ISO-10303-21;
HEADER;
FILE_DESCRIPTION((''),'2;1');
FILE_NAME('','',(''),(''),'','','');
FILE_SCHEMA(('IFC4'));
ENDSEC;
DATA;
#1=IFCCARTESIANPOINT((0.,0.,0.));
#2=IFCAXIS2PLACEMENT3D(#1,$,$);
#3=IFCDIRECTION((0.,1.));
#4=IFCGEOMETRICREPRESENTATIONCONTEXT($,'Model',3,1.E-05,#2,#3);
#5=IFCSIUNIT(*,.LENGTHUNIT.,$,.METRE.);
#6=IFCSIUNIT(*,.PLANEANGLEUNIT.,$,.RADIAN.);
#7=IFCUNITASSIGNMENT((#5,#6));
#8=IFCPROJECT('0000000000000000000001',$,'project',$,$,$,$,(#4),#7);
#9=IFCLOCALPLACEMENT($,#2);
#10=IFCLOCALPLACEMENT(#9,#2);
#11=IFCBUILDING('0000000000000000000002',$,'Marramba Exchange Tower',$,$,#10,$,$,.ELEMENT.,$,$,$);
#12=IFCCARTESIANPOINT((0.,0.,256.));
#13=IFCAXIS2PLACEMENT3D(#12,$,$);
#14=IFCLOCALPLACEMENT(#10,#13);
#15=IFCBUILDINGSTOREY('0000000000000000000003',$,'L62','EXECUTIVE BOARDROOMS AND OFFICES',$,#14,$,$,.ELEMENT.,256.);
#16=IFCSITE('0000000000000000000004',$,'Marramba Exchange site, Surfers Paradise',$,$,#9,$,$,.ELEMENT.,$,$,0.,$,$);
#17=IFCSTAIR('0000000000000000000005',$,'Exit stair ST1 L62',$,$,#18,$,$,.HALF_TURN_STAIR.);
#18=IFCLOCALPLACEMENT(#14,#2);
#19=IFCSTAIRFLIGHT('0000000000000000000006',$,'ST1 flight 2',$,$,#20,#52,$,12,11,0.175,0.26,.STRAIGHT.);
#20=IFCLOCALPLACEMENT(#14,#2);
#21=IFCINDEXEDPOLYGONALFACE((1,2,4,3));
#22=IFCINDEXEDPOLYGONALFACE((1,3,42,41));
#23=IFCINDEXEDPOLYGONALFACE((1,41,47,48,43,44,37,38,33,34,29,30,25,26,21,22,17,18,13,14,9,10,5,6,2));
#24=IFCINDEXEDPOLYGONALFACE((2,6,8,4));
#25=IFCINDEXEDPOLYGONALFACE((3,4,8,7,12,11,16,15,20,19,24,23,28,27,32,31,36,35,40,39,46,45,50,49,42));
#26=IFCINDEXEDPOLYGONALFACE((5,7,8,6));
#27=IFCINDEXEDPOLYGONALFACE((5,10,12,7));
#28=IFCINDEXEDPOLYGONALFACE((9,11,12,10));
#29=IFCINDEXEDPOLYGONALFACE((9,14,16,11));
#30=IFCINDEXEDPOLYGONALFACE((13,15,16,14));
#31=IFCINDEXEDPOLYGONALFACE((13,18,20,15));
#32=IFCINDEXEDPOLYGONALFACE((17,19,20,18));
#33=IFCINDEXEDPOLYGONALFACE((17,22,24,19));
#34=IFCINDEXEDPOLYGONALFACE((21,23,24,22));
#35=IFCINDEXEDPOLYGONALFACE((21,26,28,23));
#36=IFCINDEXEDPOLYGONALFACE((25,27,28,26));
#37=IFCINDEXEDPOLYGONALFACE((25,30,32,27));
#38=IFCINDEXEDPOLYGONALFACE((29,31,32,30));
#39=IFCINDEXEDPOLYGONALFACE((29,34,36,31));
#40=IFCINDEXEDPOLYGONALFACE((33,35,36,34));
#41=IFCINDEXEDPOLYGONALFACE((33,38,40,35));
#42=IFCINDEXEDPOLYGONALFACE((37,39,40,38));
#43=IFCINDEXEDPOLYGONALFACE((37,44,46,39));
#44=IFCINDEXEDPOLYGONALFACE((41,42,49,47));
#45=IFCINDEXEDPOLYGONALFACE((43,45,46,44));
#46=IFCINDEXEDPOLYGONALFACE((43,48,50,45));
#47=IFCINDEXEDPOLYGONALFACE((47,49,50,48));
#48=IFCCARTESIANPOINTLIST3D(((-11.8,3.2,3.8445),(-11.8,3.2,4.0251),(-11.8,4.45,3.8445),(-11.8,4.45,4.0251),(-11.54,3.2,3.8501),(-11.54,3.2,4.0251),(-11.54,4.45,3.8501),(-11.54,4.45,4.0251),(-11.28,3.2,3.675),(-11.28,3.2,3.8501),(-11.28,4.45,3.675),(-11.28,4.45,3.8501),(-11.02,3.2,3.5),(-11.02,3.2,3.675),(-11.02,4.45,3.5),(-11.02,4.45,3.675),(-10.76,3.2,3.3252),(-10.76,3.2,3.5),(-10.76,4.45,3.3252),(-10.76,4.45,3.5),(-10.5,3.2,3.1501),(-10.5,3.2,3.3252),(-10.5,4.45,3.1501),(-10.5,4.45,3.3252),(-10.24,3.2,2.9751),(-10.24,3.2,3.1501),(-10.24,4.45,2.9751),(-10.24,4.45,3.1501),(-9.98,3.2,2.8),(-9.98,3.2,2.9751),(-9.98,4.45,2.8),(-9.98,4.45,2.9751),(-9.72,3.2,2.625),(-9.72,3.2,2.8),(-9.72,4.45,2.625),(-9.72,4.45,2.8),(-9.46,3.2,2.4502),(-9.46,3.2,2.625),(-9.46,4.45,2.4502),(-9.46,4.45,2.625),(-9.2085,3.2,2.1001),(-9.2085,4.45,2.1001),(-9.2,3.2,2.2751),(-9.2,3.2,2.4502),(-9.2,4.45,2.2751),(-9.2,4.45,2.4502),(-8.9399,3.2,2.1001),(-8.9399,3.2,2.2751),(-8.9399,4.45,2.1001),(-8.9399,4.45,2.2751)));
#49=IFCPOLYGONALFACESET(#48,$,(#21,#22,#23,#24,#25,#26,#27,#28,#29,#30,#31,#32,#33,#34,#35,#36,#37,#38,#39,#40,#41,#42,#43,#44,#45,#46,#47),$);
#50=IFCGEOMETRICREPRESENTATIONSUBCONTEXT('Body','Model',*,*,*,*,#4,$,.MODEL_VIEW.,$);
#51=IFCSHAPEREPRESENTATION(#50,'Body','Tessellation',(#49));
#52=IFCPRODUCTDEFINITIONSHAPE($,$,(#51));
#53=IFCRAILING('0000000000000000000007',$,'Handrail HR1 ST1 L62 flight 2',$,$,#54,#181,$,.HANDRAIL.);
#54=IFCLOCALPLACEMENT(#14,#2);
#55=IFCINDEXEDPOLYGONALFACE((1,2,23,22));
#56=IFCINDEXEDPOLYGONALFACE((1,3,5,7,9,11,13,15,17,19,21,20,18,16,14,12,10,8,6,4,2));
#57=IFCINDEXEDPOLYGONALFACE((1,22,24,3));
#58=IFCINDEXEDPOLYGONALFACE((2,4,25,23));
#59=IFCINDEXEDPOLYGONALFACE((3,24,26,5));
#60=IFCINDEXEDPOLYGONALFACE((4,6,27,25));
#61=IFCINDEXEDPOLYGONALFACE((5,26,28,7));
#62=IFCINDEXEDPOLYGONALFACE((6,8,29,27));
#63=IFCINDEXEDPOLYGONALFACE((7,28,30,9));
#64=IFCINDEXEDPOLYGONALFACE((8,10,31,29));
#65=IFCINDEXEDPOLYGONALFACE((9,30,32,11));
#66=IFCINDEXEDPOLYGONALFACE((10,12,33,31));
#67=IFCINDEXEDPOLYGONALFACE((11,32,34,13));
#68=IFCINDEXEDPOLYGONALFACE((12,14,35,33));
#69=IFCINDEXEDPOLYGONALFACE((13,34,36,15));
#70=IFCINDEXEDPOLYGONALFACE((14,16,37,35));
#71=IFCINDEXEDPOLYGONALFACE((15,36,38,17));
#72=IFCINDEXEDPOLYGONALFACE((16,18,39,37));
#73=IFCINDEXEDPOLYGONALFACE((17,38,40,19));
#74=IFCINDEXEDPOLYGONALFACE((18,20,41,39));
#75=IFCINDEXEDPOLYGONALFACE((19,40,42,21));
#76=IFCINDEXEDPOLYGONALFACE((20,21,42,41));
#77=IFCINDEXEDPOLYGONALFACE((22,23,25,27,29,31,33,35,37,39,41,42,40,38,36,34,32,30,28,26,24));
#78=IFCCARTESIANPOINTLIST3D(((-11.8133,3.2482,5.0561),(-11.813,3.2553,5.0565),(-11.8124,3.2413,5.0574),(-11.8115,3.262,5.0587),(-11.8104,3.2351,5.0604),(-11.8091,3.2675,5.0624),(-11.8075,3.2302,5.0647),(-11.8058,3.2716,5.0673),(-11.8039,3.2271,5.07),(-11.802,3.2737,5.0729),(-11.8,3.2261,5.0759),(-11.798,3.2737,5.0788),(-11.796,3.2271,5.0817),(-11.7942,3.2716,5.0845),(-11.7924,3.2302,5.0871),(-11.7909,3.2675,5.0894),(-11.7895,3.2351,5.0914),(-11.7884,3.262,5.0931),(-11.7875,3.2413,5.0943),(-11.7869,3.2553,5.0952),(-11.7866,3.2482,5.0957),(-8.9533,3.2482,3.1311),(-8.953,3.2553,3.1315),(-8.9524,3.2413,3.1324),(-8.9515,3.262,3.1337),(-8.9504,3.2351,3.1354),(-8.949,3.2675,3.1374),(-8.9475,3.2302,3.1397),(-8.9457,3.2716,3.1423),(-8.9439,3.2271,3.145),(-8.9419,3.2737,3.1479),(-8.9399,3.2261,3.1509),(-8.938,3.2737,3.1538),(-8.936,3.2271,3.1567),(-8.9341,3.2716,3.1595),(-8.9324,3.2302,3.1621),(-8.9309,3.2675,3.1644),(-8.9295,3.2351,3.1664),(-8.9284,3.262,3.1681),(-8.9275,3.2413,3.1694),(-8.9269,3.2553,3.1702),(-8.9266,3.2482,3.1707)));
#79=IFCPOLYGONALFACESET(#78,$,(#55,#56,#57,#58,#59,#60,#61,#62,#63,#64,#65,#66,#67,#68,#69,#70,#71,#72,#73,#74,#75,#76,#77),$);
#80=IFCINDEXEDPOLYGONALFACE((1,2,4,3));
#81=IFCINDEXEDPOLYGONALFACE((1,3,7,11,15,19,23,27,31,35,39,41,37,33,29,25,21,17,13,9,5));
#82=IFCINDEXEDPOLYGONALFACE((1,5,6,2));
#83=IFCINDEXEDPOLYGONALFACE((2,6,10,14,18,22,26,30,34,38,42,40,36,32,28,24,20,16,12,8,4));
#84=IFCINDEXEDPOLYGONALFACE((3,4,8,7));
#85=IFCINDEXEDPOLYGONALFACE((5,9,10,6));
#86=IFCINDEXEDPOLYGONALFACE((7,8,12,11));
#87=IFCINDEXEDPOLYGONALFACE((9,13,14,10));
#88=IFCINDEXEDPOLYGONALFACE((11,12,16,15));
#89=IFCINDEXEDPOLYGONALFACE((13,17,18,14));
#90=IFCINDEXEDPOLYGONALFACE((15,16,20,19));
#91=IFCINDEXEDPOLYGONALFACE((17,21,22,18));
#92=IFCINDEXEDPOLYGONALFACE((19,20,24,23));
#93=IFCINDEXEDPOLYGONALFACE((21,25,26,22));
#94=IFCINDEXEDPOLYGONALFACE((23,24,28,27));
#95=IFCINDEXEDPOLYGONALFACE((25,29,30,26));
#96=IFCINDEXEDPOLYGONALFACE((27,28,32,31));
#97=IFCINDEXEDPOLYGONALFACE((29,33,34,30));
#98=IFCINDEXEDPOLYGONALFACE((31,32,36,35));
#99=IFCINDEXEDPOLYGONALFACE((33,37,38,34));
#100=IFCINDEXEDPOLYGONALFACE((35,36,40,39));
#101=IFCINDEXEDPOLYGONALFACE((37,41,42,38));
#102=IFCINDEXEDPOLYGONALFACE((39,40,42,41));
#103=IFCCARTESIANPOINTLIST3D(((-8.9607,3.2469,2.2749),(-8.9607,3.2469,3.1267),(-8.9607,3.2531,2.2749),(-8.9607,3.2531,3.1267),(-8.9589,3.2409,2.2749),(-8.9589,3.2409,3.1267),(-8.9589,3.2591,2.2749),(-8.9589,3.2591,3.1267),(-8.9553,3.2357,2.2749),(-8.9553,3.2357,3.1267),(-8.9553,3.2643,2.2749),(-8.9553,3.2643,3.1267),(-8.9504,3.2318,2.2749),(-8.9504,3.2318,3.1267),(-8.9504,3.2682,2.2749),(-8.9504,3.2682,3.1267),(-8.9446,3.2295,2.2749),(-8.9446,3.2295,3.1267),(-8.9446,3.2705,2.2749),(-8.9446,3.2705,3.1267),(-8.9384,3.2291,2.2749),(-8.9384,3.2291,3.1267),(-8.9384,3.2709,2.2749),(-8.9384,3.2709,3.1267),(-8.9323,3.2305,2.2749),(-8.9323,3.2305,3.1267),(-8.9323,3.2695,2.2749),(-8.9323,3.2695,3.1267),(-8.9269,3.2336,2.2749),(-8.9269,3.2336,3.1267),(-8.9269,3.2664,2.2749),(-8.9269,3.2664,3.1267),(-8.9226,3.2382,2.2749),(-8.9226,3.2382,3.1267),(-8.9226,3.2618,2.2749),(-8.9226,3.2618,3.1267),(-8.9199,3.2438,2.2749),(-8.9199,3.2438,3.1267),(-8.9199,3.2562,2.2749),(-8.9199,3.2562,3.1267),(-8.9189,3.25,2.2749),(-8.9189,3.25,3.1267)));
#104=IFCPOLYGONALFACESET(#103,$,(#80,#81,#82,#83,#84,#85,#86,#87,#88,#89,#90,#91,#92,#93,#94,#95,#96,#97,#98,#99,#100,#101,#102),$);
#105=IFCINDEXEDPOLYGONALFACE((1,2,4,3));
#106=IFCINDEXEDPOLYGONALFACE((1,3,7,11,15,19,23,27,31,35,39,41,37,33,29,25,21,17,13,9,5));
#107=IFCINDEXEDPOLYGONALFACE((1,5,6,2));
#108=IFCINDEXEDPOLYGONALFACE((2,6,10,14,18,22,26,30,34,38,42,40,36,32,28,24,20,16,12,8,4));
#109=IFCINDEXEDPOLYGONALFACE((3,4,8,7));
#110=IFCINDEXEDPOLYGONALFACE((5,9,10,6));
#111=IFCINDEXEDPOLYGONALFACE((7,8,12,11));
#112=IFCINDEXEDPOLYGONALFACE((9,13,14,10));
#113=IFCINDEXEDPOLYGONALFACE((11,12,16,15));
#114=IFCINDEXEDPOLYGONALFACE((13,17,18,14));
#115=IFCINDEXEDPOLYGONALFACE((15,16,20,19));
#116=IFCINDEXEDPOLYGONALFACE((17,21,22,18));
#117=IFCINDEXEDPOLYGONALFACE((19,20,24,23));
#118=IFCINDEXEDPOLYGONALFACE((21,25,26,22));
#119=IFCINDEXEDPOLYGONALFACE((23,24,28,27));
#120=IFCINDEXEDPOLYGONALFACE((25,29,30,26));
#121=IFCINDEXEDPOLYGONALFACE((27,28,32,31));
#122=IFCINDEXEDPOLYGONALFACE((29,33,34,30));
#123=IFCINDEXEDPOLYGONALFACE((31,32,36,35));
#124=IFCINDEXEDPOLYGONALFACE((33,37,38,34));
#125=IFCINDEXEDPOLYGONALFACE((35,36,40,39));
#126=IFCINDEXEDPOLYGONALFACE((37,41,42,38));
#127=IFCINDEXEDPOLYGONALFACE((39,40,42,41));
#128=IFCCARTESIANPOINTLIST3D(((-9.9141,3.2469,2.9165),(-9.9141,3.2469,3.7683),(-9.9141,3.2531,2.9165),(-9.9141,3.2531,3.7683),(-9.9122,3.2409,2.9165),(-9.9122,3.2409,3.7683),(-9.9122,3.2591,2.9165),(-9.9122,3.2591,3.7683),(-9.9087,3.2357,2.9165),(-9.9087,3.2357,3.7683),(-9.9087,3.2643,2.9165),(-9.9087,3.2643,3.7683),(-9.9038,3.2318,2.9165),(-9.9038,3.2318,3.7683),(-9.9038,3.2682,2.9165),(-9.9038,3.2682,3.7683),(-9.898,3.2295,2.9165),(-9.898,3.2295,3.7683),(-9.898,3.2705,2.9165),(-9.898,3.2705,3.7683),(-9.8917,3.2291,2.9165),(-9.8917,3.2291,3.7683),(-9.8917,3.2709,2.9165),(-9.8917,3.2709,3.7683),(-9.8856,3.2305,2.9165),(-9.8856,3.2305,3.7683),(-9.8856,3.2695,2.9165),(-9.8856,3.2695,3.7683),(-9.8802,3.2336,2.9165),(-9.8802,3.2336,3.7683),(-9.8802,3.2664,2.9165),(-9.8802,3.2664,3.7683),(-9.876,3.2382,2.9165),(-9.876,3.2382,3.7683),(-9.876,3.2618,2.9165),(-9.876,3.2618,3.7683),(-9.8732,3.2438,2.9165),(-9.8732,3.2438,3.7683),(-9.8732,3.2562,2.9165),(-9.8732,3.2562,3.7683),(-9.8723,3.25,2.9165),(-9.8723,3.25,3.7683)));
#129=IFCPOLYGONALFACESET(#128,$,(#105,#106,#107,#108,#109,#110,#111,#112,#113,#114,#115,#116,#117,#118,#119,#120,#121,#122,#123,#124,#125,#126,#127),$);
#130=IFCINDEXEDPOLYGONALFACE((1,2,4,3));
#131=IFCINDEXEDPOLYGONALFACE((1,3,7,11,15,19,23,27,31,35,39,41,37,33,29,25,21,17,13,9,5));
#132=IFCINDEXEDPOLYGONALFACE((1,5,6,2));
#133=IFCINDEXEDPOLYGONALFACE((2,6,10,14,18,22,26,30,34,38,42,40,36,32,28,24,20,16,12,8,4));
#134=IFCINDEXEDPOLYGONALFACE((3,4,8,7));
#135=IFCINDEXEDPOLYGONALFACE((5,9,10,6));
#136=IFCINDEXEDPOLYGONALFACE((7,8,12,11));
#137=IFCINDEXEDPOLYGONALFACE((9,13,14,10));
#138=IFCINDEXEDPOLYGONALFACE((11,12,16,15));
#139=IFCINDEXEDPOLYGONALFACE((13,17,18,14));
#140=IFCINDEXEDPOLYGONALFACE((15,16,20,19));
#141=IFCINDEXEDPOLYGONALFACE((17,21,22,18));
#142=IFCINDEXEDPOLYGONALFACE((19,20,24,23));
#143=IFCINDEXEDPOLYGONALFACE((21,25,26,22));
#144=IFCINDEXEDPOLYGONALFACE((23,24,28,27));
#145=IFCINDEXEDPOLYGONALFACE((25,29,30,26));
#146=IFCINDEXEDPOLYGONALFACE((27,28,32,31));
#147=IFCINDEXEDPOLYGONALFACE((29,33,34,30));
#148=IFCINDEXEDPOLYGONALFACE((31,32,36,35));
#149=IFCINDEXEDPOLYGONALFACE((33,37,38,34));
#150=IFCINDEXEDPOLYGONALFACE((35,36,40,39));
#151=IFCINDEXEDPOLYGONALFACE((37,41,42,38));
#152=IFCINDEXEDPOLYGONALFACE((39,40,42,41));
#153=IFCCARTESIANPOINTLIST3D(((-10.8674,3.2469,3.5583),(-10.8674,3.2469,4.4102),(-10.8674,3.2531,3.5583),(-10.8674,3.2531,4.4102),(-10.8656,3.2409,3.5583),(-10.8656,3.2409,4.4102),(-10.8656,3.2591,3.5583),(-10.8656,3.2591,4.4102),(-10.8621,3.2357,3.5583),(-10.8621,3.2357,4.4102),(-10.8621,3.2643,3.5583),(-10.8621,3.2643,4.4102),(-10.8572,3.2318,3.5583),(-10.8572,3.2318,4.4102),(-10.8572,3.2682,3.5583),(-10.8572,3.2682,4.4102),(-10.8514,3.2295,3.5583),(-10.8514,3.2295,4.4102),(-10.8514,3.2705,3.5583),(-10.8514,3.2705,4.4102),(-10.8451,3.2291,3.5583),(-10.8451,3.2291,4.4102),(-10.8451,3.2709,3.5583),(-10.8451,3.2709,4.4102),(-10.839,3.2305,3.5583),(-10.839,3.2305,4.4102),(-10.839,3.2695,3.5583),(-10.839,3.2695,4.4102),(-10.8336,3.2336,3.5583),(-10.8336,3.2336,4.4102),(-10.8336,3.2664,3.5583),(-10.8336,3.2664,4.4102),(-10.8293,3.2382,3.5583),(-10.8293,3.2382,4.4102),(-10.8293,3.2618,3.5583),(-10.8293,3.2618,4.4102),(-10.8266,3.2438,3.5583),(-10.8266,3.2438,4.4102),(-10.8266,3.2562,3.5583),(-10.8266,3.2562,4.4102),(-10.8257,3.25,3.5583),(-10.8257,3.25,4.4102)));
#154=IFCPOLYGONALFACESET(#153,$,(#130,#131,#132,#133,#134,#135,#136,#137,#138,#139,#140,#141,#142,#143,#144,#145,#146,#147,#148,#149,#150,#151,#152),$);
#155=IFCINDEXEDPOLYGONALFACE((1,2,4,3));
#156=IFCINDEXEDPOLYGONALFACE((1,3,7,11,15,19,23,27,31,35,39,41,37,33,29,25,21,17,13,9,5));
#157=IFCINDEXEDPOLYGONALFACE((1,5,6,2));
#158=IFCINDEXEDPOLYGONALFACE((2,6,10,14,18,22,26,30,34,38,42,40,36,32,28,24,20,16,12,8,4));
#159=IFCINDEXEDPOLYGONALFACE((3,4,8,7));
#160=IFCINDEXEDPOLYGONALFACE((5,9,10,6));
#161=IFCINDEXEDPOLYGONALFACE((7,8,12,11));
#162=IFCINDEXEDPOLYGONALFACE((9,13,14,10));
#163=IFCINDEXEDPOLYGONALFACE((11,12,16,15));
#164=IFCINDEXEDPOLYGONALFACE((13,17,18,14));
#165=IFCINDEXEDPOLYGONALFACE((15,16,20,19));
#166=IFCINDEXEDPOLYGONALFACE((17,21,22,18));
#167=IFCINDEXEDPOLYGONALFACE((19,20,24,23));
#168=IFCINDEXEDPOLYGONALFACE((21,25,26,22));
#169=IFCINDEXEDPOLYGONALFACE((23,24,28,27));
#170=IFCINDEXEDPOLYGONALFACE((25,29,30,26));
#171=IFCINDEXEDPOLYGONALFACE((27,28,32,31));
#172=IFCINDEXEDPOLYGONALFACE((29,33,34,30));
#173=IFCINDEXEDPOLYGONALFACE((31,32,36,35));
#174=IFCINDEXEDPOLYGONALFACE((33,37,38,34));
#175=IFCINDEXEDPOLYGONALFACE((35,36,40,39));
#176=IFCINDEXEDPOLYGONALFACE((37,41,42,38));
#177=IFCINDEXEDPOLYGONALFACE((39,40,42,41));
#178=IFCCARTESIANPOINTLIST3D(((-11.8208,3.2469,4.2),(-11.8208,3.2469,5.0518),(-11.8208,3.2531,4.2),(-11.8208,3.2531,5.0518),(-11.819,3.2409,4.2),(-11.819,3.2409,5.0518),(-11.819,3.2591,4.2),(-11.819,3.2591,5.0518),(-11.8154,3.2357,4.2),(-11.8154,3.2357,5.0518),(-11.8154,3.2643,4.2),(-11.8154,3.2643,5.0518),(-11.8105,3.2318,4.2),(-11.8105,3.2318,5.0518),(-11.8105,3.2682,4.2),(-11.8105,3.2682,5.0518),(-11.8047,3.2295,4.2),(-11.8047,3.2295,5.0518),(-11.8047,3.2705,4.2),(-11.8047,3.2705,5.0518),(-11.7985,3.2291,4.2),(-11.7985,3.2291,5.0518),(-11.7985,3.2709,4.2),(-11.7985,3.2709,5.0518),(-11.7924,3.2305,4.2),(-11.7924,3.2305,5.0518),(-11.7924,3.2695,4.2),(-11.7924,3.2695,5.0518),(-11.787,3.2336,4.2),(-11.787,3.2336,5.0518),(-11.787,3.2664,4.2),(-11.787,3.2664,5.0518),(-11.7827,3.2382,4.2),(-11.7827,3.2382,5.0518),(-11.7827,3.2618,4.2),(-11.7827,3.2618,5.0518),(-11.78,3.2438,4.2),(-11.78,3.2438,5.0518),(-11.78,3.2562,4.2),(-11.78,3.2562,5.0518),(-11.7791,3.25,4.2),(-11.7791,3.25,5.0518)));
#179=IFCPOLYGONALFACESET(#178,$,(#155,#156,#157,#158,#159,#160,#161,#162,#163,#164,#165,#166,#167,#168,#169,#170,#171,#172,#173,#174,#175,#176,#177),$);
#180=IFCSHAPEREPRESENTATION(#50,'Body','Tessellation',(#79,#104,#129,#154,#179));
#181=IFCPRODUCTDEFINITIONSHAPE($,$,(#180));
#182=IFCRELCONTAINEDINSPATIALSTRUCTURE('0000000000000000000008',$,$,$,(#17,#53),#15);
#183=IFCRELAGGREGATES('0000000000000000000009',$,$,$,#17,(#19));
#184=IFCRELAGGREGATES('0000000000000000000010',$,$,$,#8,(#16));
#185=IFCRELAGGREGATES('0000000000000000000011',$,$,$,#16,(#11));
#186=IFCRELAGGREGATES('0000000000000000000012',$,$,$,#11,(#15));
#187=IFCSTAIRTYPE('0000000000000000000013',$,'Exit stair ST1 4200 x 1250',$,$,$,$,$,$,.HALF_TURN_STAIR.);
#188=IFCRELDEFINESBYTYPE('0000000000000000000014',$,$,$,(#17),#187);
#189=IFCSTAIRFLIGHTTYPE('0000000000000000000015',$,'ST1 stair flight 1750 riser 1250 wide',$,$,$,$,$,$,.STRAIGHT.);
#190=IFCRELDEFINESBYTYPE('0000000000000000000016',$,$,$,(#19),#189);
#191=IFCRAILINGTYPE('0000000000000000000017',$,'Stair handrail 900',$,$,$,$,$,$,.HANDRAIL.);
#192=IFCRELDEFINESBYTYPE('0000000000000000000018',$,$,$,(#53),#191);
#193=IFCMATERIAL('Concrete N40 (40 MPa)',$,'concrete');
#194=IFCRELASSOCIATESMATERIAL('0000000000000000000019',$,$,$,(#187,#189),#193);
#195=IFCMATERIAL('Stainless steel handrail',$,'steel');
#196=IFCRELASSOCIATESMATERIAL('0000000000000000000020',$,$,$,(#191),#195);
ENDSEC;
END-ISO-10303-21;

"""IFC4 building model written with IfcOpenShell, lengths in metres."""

from ifc_helpers import new_model, si_unit, direction, frame, origin, origin_2d, place, context, subcontext, project, spatial, polyline, circle, outline, extrude, material, type_object, element, aggregate, save


model = new_model("IFC4")

# Units and contexts
model_context = context("Model", 3, precision=1e-05, world=origin(), true_north=direction((0.0, 1.0)))
body_context = subcontext(model_context, "Body", "Model", "MODEL_VIEW")
ifc_project = project(units=[si_unit("LENGTHUNIT", "METRE"), si_unit("PLANEANGLEUNIT", "RADIAN")], contexts=[model_context])

# Site, building, storey
site_placement = place(None, origin())
site = spatial("IfcSite", under=ifc_project, at=site_placement, Name="Marramba Exchange site, Surfers Paradise", CompositionType="ELEMENT", RefElevation=0.0)
building_placement = place(site_placement, origin())
building = spatial("IfcBuilding", under=site, at=building_placement, Name="Marramba Exchange Tower", CompositionType="ELEMENT")
storey_placement = place(building_placement, frame((0.0, 0.0, 256.0)))
storey = spatial("IfcBuildingStorey", under=building, at=storey_placement, Name="L62", Description="EXECUTIVE BOARDROOMS AND OFFICES", CompositionType="ELEMENT", Elevation=256.0)

# Stair, stair flight
ifc_material_1 = material(Name="Concrete N40 (40 MPa)", Category="concrete")
stair_type = type_object("IfcStairType", Name="Exit stair ST1 4200 x 1250", PredefinedType="HALF_TURN_STAIR", material=ifc_material_1)
stair_placement = place(storey_placement, origin())
stair = element("IfcStair", 1, at=stair_placement, inside=storey, type_object=stair_type, Name="Exit stair ST1 L62", PredefinedType="HALF_TURN_STAIR")
stair_flight_type = type_object("IfcStairFlightType", Name="ST1 stair flight 1750 riser 1250 wide", PredefinedType="STRAIGHT", material=ifc_material_1)
stair_flight_placement = place(storey_placement, frame((-8.9399, 3.825, 2.1001), z_axis=(0.0, 0.0, 1.0), x_axis=(-1.0, 0.0, 0.0)))
stair_flight = element("IfcStairFlight", 2, at=stair_flight_placement, type_object=stair_flight_type, Name="ST1 flight 2", NumberOfRisers=12, NumberOfTreads=11, PredefinedType="STRAIGHT", RiserHeight=0.175, TreadLength=0.26, context=body_context, shape_type="SweptSolid", body=[
    extrude(outline(polyline([(0.0, 0.0), (0.0, 0.175), (0.26, 0.175), (0.26, 0.3501), (0.52, 0.3501), (0.52, 0.5249), (0.78, 0.5249), (0.78, 0.7), (1.04, 0.7), (1.04, 0.875), (1.3, 0.875), (1.3, 1.05), (1.5601, 1.05), (1.5601, 1.2251), (1.8201, 1.2251), (1.8201, 1.3999), (2.0801, 1.3999), (2.0801, 1.575), (2.3401, 1.575), (2.3401, 1.75), (2.6001, 1.75), (2.6001, 1.925), (2.8601, 1.925), (2.8601, 2.1001), (2.8601, 1.7444), (0.2686, 0.0), (0.0, 0.0)])), frame((0.0, 0.625, 0.0), z_axis=(0.0, -1.0, 0.0), x_axis=(1.0, 0.0, 0.0)), (0.0, 0.0, 1.0), 1.25),
])
aggregate(stair, [stair_flight])

# Railing
ifc_material_2 = material(Name="Stainless steel handrail", Category="steel")
railing_type = type_object("IfcRailingType", Name="Stair handrail 900", PredefinedType="HANDRAIL", material=ifc_material_2)
railing_placement = place(storey_placement, frame((-8.9399, 3.25, 2.2749)))
element("IfcRailing", 3, at=railing_placement, inside=storey, type_object=railing_type, Name="Handrail HR1 ST1 L62 flight 2", PredefinedType="HANDRAIL", context=body_context, shape_type="SweptSolid", body=[
    extrude(circle(Radius=0.0239, at=origin_2d()), frame((0.0, 0.0, 0.876), z_axis=(-0.829591, 0.0, 0.558372), x_axis=(0.0, -1.0, 0.0)), (0.0, 0.0, 1.0), 3.4475),
    extrude(circle(Radius=0.021, at=origin_2d()), origin(), (0.0, 0.0, 1.0), 0.8518),
    extrude(circle(Radius=0.021, at=origin_2d()), frame((-0.9534, 0.0, 0.6416)), (0.0, 0.0, 1.0), 0.8518),
    extrude(circle(Radius=0.021, at=origin_2d()), frame((-1.9067, 0.0, 1.2834)), (0.0, 0.0, 1.0), 0.8518),
    extrude(circle(Radius=0.021, at=origin_2d()), frame((-2.8601, 0.0, 1.925)), (0.0, 0.0, 1.0), 0.8518),
])

save(model, "model.ifc")
